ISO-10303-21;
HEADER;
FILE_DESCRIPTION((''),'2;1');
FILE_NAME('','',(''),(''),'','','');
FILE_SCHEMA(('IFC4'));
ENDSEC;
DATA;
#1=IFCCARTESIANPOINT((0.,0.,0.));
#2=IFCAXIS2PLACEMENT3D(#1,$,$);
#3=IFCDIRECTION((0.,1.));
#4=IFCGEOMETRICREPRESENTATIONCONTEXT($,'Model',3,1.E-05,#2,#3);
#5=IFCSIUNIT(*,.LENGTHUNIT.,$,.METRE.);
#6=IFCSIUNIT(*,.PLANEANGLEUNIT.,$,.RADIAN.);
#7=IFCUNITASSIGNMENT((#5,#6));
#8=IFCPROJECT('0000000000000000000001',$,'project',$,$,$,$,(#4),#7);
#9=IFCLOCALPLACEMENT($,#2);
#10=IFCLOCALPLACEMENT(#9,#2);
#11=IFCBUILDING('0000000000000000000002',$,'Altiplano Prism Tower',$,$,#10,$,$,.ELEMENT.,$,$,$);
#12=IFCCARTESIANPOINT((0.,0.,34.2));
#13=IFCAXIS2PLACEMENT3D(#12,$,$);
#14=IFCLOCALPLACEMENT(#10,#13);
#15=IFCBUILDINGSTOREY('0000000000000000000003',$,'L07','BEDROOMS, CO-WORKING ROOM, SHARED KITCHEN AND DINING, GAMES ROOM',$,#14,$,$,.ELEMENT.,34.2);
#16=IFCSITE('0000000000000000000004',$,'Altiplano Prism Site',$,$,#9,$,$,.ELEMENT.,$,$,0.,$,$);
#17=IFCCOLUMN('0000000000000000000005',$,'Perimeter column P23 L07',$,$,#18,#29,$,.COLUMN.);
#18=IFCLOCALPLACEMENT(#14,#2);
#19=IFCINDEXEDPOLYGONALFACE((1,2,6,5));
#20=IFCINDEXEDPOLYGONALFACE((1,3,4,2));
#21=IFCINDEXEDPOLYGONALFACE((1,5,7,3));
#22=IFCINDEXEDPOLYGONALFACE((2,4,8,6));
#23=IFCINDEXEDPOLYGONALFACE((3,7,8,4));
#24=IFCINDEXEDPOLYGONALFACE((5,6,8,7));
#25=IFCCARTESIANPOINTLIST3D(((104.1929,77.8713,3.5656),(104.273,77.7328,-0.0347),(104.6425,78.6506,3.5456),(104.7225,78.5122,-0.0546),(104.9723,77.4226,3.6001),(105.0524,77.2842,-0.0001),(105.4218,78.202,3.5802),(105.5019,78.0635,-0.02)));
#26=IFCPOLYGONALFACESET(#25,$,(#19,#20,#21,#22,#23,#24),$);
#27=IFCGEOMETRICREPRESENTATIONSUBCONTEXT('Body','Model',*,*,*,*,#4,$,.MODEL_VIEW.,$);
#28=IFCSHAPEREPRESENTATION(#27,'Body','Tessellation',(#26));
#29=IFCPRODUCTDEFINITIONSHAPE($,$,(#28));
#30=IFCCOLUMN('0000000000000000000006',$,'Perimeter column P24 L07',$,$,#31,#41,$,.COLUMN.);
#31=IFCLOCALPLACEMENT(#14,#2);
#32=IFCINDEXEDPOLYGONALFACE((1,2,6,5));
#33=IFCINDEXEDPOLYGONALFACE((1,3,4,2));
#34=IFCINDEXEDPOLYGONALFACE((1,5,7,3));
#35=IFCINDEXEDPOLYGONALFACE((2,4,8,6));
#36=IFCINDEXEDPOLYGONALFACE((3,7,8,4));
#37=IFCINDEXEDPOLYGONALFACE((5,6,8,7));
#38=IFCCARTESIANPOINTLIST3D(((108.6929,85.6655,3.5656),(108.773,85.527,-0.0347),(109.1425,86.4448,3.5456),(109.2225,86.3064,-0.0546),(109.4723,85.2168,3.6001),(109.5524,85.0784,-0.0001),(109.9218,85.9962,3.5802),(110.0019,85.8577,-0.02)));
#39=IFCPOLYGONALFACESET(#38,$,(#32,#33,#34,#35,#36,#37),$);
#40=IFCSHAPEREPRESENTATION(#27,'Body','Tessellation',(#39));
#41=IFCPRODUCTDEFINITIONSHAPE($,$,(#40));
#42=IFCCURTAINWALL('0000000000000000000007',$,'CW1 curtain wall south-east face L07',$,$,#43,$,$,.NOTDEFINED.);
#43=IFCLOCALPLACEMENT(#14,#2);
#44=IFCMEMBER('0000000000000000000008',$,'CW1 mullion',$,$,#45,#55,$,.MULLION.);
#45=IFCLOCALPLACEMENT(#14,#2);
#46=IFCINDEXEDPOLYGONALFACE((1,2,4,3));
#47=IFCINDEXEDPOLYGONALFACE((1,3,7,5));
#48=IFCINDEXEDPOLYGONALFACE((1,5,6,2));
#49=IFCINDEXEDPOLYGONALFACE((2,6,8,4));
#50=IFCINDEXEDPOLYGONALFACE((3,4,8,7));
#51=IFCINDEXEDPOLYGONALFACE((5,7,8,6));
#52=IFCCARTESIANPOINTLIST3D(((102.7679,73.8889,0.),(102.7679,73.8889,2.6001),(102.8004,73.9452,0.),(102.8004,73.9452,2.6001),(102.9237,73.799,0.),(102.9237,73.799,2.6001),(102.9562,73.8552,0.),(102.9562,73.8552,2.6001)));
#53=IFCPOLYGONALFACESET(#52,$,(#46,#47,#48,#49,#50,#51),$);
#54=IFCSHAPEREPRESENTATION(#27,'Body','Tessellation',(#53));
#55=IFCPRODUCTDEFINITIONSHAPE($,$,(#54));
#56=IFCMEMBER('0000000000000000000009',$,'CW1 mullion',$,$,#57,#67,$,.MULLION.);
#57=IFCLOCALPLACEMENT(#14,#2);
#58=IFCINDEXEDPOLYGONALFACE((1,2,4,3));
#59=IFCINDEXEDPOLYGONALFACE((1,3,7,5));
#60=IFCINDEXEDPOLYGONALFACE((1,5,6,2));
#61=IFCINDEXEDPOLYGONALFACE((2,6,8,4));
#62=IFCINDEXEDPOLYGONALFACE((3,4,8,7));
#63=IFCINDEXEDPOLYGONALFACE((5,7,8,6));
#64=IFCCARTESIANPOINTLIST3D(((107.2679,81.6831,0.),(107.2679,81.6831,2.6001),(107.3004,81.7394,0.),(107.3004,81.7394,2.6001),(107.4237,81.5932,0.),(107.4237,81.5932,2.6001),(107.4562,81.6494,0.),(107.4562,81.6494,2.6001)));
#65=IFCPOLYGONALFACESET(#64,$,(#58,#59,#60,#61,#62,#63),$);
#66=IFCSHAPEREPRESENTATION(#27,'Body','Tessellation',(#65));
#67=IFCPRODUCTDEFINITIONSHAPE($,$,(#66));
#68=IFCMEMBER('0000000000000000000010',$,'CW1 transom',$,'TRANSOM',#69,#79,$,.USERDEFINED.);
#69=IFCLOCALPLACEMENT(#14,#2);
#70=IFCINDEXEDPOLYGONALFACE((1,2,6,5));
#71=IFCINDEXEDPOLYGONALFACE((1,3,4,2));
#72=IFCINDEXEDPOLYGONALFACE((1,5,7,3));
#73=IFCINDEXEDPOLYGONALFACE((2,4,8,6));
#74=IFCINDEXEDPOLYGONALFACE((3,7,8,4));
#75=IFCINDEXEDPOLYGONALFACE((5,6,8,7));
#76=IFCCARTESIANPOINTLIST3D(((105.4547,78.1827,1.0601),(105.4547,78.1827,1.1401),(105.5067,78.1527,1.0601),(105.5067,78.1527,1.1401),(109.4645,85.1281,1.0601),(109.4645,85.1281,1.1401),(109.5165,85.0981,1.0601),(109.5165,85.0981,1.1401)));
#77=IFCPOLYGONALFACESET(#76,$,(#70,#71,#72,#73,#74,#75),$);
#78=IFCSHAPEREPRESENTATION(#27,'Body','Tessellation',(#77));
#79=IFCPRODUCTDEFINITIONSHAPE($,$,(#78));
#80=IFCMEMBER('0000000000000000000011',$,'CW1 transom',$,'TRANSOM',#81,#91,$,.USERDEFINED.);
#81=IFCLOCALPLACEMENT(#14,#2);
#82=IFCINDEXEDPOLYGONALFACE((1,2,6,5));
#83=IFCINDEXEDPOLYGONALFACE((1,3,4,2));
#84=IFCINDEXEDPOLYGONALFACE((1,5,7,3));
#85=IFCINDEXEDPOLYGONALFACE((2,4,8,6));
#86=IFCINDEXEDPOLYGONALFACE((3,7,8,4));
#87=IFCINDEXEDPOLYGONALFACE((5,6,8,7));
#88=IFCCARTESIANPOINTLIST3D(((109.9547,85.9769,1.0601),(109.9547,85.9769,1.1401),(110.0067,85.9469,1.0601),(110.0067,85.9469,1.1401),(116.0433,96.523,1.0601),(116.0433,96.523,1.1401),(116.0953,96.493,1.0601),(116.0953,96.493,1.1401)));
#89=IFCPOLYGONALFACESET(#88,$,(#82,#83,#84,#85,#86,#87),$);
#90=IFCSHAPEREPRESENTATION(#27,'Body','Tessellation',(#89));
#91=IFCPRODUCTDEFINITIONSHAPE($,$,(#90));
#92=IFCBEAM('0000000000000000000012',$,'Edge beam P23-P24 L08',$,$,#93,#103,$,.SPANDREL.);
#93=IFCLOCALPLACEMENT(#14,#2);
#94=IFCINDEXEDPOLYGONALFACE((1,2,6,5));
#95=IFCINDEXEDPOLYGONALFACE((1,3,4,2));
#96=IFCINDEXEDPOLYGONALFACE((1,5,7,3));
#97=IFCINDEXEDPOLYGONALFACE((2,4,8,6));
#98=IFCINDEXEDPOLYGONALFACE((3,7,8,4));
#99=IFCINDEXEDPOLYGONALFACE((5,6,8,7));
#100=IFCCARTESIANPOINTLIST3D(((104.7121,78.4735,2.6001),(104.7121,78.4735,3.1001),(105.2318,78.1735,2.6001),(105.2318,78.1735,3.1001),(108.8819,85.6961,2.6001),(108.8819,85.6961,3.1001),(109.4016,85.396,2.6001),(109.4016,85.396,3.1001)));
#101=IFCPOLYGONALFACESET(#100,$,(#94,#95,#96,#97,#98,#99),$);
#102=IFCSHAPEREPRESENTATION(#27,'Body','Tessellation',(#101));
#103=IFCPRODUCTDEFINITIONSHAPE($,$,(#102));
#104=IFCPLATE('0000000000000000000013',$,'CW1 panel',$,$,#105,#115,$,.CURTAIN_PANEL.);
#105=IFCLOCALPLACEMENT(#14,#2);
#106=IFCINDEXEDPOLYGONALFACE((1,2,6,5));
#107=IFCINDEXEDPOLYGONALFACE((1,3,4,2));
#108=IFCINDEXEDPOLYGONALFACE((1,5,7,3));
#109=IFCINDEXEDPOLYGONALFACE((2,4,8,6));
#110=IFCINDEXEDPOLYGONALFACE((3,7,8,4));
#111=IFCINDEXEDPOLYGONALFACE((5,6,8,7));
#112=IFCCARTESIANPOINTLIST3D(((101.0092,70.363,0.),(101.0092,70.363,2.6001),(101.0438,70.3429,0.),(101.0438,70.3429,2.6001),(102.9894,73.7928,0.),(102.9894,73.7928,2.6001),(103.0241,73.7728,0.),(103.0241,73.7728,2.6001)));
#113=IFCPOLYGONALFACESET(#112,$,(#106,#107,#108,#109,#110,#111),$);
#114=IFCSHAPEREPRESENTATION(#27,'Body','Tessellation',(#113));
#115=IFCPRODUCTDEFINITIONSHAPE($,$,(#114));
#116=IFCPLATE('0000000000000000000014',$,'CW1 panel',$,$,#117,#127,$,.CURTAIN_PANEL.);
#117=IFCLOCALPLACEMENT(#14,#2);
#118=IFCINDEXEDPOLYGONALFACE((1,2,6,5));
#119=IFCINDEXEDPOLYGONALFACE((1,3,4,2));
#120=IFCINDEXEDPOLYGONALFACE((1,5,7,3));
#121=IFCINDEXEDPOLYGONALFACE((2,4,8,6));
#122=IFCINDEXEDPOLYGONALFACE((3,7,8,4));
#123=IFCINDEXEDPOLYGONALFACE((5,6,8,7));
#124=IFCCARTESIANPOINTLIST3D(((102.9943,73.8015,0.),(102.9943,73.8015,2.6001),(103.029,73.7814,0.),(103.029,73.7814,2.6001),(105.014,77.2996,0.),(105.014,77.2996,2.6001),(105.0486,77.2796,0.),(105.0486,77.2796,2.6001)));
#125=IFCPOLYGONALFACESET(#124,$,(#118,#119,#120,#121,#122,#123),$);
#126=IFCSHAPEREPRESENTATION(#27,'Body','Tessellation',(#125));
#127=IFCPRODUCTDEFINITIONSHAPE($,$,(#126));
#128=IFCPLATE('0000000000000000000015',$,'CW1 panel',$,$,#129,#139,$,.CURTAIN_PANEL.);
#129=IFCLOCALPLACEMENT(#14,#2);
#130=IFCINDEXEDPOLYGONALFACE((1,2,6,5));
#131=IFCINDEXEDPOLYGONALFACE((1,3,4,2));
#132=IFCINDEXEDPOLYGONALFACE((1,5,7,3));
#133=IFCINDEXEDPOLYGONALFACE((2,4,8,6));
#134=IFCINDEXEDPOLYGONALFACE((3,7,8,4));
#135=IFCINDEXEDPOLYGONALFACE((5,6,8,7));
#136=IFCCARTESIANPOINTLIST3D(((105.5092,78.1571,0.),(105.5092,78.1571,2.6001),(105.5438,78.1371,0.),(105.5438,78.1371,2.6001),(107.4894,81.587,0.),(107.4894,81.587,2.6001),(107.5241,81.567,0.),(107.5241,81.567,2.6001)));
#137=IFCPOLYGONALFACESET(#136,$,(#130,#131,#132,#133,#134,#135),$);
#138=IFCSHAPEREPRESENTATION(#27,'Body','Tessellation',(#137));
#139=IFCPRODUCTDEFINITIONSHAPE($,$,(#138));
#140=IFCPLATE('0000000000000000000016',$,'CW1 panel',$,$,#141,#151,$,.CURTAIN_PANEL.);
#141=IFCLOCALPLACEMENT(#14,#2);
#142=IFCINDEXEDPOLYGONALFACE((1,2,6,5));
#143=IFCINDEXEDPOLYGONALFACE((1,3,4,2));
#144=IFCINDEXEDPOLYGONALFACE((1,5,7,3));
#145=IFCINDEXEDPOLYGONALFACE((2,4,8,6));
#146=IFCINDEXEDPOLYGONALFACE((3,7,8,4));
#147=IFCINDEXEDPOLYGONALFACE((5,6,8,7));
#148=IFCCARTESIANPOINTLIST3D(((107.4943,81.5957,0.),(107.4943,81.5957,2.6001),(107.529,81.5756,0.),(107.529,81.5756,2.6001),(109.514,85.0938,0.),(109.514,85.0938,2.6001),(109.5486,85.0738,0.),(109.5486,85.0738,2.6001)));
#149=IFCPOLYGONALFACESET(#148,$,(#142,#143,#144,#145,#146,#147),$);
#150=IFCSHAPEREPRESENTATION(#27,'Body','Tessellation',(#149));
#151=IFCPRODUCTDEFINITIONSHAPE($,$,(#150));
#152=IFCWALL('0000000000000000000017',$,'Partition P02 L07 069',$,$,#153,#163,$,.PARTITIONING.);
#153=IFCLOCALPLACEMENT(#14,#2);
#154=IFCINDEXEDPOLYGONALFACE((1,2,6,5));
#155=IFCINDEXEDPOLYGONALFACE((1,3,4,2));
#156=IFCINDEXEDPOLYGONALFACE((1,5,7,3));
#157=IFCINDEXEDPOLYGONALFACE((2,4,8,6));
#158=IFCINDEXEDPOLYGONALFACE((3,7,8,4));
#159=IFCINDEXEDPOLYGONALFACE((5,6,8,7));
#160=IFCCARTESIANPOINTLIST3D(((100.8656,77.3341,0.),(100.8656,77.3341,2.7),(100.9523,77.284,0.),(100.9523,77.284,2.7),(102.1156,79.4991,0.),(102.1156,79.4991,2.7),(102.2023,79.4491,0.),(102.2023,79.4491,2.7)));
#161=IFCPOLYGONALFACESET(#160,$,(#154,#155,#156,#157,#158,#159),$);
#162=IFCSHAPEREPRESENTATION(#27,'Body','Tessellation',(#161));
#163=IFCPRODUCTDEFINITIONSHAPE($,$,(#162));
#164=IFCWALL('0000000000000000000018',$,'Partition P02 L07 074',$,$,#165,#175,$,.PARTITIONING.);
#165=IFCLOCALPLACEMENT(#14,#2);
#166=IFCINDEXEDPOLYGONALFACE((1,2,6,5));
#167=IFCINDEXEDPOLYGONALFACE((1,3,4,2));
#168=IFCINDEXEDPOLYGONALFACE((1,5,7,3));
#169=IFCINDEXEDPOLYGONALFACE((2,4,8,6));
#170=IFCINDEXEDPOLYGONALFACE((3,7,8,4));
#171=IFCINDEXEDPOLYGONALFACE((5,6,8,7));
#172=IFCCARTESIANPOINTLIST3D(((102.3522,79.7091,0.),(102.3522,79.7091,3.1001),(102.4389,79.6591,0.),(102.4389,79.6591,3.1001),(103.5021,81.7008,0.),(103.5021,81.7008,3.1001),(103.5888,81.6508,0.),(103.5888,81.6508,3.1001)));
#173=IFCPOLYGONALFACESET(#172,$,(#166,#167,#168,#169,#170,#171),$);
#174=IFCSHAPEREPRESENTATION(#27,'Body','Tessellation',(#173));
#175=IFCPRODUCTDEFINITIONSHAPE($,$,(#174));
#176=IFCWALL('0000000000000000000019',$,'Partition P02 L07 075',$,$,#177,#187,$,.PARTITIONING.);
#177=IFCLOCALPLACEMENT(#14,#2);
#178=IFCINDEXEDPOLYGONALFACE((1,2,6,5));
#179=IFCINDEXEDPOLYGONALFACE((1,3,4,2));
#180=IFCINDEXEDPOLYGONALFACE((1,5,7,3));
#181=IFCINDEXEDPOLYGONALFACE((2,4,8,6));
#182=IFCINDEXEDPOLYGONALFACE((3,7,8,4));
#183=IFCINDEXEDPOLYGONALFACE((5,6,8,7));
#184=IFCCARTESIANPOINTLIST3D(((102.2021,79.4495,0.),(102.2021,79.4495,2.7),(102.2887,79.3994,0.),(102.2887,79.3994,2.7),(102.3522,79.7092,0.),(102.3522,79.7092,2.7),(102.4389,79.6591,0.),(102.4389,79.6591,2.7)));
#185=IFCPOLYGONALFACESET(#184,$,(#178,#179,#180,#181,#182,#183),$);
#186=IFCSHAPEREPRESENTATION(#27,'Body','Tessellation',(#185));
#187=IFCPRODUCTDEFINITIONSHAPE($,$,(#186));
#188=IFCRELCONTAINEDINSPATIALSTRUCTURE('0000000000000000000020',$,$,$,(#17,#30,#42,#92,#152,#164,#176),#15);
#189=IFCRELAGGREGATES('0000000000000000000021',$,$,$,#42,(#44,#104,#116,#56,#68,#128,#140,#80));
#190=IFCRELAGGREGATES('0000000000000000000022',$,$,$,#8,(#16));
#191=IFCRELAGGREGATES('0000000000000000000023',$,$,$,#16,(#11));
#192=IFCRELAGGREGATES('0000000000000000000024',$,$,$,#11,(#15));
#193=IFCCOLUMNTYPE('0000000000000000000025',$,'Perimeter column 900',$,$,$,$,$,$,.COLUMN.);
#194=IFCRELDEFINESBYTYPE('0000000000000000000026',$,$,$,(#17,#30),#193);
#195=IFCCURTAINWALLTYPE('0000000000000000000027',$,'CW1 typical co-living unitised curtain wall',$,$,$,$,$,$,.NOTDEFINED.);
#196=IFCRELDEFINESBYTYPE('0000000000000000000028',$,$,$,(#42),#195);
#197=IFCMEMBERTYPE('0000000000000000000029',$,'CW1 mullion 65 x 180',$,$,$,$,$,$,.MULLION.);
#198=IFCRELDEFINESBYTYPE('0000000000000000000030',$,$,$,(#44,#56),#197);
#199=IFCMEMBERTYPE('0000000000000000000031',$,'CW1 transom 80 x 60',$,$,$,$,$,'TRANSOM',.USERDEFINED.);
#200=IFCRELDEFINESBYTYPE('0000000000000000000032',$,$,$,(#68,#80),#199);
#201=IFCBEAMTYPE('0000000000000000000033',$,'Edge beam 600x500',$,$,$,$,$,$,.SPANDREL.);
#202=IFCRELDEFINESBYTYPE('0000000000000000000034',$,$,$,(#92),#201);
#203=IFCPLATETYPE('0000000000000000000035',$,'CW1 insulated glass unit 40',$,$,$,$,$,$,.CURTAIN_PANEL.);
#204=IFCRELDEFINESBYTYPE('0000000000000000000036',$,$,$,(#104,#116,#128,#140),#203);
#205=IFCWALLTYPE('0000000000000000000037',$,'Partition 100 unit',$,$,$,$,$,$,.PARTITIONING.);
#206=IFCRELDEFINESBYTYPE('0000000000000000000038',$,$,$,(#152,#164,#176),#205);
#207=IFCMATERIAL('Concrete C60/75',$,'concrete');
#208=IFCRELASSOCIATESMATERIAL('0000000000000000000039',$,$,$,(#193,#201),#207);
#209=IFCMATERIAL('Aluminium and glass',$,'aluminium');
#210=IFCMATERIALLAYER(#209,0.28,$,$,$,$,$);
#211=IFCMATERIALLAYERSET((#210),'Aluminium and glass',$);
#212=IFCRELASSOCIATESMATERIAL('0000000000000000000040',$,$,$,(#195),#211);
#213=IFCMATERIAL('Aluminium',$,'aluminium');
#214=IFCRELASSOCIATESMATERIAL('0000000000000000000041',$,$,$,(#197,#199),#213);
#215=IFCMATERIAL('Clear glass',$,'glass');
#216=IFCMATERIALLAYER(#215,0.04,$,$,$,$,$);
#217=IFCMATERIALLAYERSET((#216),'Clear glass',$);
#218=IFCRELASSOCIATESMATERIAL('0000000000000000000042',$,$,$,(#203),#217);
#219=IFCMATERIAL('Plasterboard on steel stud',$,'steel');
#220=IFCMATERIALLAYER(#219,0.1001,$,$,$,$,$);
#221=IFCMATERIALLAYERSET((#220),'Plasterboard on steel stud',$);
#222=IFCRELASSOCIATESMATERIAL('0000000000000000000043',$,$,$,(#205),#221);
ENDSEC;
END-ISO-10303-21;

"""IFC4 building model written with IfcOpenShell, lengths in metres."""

from ifc_helpers import new_model, si_unit, direction, frame, frame_2d, origin, origin_2d, place, context, subcontext, project, spatial, rectangle, extrude, material, layer, layer_set, material_profile, profile_set, type_object, element, aggregate, save


model = new_model("IFC4")

# Units and contexts
model_context = context("Model", 3, precision=1e-05, world=origin(), true_north=direction((0.0, 1.0)))
body_context = subcontext(model_context, "Body", "Model", "MODEL_VIEW")
ifc_project = project(units=[si_unit("LENGTHUNIT", "METRE"), si_unit("PLANEANGLEUNIT", "RADIAN")], contexts=[model_context])

# Site, building, storey
site_placement = place(None, origin())
site = spatial("IfcSite", under=ifc_project, at=site_placement, Name="Altiplano Prism Site", CompositionType="ELEMENT", RefElevation=0.0)
building_placement = place(site_placement, origin())
building = spatial("IfcBuilding", under=site, at=building_placement, Name="Altiplano Prism Tower", CompositionType="ELEMENT")
storey_placement = place(building_placement, frame((0.0, 0.0, 34.2)))
storey = spatial("IfcBuildingStorey", under=building, at=storey_placement, Name="L07", Description="BEDROOMS, CO-WORKING ROOM, SHARED KITCHEN AND DINING, GAMES ROOM", CompositionType="ELEMENT", Elevation=34.2)

# Columns
ifc_material_1 = material(Name="Concrete C60/75", Category="concrete")
ifc_material_profile_1 = material_profile(ifc_material_1, rectangle(XDim=0.8999, YDim=0.8999, at=origin_2d()), Name="Perimeter column 900")
ifc_profile_set_1 = profile_set([ifc_material_profile_1], Name="Concrete C60/75")
column_type = type_object("IfcColumnType", Name="Perimeter column 900", PredefinedType="COLUMN", material=ifc_profile_set_1)
for number, where, z_axis, x_axis, name in (
    (1, (104.8875, 77.8982, -0.0273), (-0.022221, 0.038413, 0.999015), (-0.499513, -0.866022, 0.022189), "Perimeter column P23 L07"),
    (2, (109.3875, 85.6924, -0.0273), (-0.022221, 0.038413, 0.999015), (-0.499513, -0.866022, 0.022189), "Perimeter column P24 L07"),
):
    element("IfcColumn", number, at=place(storey_placement, frame(where, z_axis=z_axis, x_axis=x_axis)), inside=storey, type_object=column_type, Name=name, PredefinedType="COLUMN", context=body_context, shape_type="SweptSolid", body=[
        extrude(rectangle(XDim=0.8999, YDim=0.8999, at=origin_2d()), origin(), (0.0, 0.0, 1.0), 3.6038),
    ])

# Curtain wall, members
ifc_material_2 = material(Name="Aluminium and glass", Category="aluminium")
ifc_layer_1 = layer(ifc_material_2, 0.28)
ifc_layer_set_1 = layer_set([ifc_layer_1], Name="Aluminium and glass")
curtain_wall_type = type_object("IfcCurtainWallType", Name="CW1 typical co-living unitised curtain wall", PredefinedType="NOTDEFINED", material=ifc_layer_set_1)
curtain_wall_placement = place(storey_placement, origin())
curtain_wall = element("IfcCurtainWall", 3, at=curtain_wall_placement, inside=storey, type_object=curtain_wall_type, Name="CW1 curtain wall south-east face L07", PredefinedType="NOTDEFINED")
ifc_material_3 = material(Name="Aluminium", Category="aluminium")
ifc_material_profile_2 = material_profile(ifc_material_3, rectangle(XDim=0.1799, YDim=0.0649, at=origin_2d()), Name="CW1 mullion 65 x 180")
ifc_profile_set_2 = profile_set([ifc_material_profile_2], Name="Aluminium")
member_type_1 = type_object("IfcMemberType", Name="CW1 mullion 65 x 180", PredefinedType="MULLION", material=ifc_profile_set_2)
member_1_placement = place(storey_placement, frame((102.8621, 73.8721, 0.0), z_axis=(0.0, 0.0, 1.0), x_axis=(-0.866025, 0.5, 0.0)))
member_1 = element("IfcMember", 4, at=member_1_placement, type_object=member_type_1, Name="CW1 mullion", PredefinedType="MULLION", context=body_context, shape_type="SweptSolid", body=[
    extrude(rectangle(XDim=0.1799, YDim=0.0649, at=origin_2d()), origin(), (0.0, 0.0, 1.0), 2.6001),
])
member_2_placement = place(storey_placement, frame((107.3621, 81.6663, 0.0), z_axis=(0.0, 0.0, 1.0), x_axis=(-0.866025, 0.5, 0.0)))
member_2 = element("IfcMember", 5, at=member_2_placement, type_object=member_type_1, Name="CW1 mullion", PredefinedType="MULLION", context=body_context, shape_type="SweptSolid", body=[
    extrude(rectangle(XDim=0.1799, YDim=0.0649, at=origin_2d()), origin(), (0.0, 0.0, 1.0), 2.6001),
])
ifc_material_profile_3 = material_profile(ifc_material_3, rectangle(XDim=0.0601, YDim=0.0801, at=origin_2d()), Name="CW1 transom 80 x 60")
ifc_profile_set_3 = profile_set([ifc_material_profile_3], Name="Aluminium")
member_type_2 = type_object("IfcMemberType", Name="CW1 transom 80 x 60", ElementType="TRANSOM", PredefinedType="USERDEFINED", material=ifc_profile_set_3)
member_3_placement = place(storey_placement, frame((105.4807, 78.1677, 1.1001), z_axis=(0.499989, 0.866031, 0.0), x_axis=(-0.866031, 0.499989, 0.0)))
member_3 = element("IfcMember", 6, at=member_3_placement, type_object=member_type_2, Name="CW1 transom", ObjectType="TRANSOM", PredefinedType="USERDEFINED", context=body_context, shape_type="SweptSolid", body=[
    extrude(rectangle(XDim=0.0601, YDim=0.0801, at=origin_2d()), origin(), (0.0, 0.0, 1.0), 8.0198),
])
member_4_placement = place(storey_placement, frame((109.9807, 85.9619, 1.1001), z_axis=(0.499988, 0.866032, 0.0), x_axis=(-0.866032, 0.499988, 0.0)))
member_4 = element("IfcMember", 7, at=member_4_placement, type_object=member_type_2, Name="CW1 transom", ObjectType="TRANSOM", PredefinedType="USERDEFINED", context=body_context, shape_type="SweptSolid", body=[
    extrude(rectangle(XDim=0.0601, YDim=0.0801, at=origin_2d()), origin(), (0.0, 0.0, 1.0), 12.1775),
])

# Beam
ifc_material_profile_4 = material_profile(ifc_material_1, rectangle(XDim=0.6001, YDim=0.5, at=origin_2d()), Name="Edge beam 600x500")
ifc_profile_set_4 = profile_set([ifc_material_profile_4], Name="Concrete C60/75")
beam_type = type_object("IfcBeamType", Name="Edge beam 600x500", PredefinedType="SPANDREL", material=ifc_profile_set_4)
beam_placement = place(storey_placement, frame((104.9719, 78.3235, 2.8501), z_axis=(0.499993, 0.86603, 0.0), x_axis=(-0.86603, 0.499993, 0.0)))
element("IfcBeam", 8, at=beam_placement, inside=storey, type_object=beam_type, Name="Edge beam P23-P24 L08", PredefinedType="SPANDREL", context=body_context, shape_type="SweptSolid", body=[
    extrude(rectangle(XDim=0.6001, YDim=0.5, at=origin_2d()), origin(), (0.0, 0.0, 1.0), 8.3398),
])

# Plates
ifc_material_4 = material(Name="Clear glass", Category="glass")
ifc_layer_2 = layer(ifc_material_4, 0.04)
ifc_layer_set_2 = layer_set([ifc_layer_2], Name="Clear glass")
plate_type = type_object("IfcPlateType", Name="CW1 insulated glass unit 40", PredefinedType="CURTAIN_PANEL", material=ifc_layer_set_2)
plate_1_placement = place(storey_placement, frame((102.0166, 72.0679, 0.0), z_axis=(0.0, 0.0, 1.0), x_axis=(0.5, 0.866025, 0.0)))
plate_1 = element("IfcPlate", 9, at=plate_1_placement, type_object=plate_type, Name="CW1 panel", PredefinedType="CURTAIN_PANEL", context=body_context, shape_type="SweptSolid", body=[
    extrude(rectangle(XDim=3.9604, YDim=0.04, at=origin_2d()), origin(), (0.0, 0.0, 1.0), 2.6001),
])
plate_2_placement = place(storey_placement, frame((104.0215, 75.5405, 0.0), z_axis=(0.0, 0.0, 1.0), x_axis=(0.5, 0.866025, 0.0)))
plate_2 = element("IfcPlate", 10, at=plate_2_placement, type_object=plate_type, Name="CW1 panel", PredefinedType="CURTAIN_PANEL", context=body_context, shape_type="SweptSolid", body=[
    extrude(rectangle(XDim=4.0393, YDim=0.04, at=origin_2d()), origin(), (0.0, 0.0, 1.0), 2.6001),
])
plate_3_placement = place(storey_placement, frame((106.5166, 79.8621, 0.0), z_axis=(0.0, 0.0, 1.0), x_axis=(0.5, 0.866025, 0.0)))
plate_3 = element("IfcPlate", 11, at=plate_3_placement, type_object=plate_type, Name="CW1 panel", PredefinedType="CURTAIN_PANEL", context=body_context, shape_type="SweptSolid", body=[
    extrude(rectangle(XDim=3.9604, YDim=0.04, at=origin_2d()), origin(), (0.0, 0.0, 1.0), 2.6001),
])
plate_4_placement = place(storey_placement, frame((108.5215, 83.3347, 0.0), z_axis=(0.0, 0.0, 1.0), x_axis=(0.5, 0.866025, 0.0)))
plate_4 = element("IfcPlate", 12, at=plate_4_placement, type_object=plate_type, Name="CW1 panel", PredefinedType="CURTAIN_PANEL", context=body_context, shape_type="SweptSolid", body=[
    extrude(rectangle(XDim=4.0393, YDim=0.04, at=origin_2d()), origin(), (0.0, 0.0, 1.0), 2.6001),
])
aggregate(curtain_wall, [member_1, plate_1, plate_2, member_2, member_3, plate_3, plate_4, member_4])

# Walls
ifc_material_5 = material(Name="Plasterboard on steel stud", Category="steel")
ifc_layer_3 = layer(ifc_material_5, 0.1001)
ifc_layer_set_3 = layer_set([ifc_layer_3], Name="Plasterboard on steel stud")
wall_type_1 = type_object("IfcWallType", Name="Partition 100 unit", PredefinedType="PARTITIONING", material=ifc_layer_set_3)
wall_1_placement = place(storey_placement, frame((102.1589, 79.4741, 0.0), z_axis=(0.0, 0.0, 1.0), x_axis=(-0.500004, -0.866023, 0.0)))
element("IfcWall", 13, at=wall_1_placement, inside=storey, type_object=wall_type_1, Name="Partition P02 L07 069", PredefinedType="PARTITIONING", context=body_context, shape_type="SweptSolid", body=[
    extrude(rectangle(XDim=2.5, YDim=0.1001, at=frame_2d((1.25, 0.0))), origin(), (0.0, 0.0, 1.0), 2.7),
])
wall_2_placement = place(storey_placement, frame((103.5454, 81.6758, 0.0), z_axis=(0.0, 0.0, 1.0), x_axis=(-0.499998, -0.866026, 0.0)))
element("IfcWall", 14, at=wall_2_placement, inside=storey, type_object=wall_type_1, Name="Partition P02 L07 074", PredefinedType="PARTITIONING", context=body_context, shape_type="SweptSolid", body=[
    extrude(rectangle(XDim=2.2998, YDim=0.1001, at=frame_2d((1.1499, 0.0))), origin(), (0.0, 0.0, 1.0), 3.1001),
])
wall_3_placement = place(storey_placement, frame((102.3955, 79.6841, 0.0), z_axis=(0.0, 0.0, 1.0), x_axis=(-0.500427, -0.865779, 0.0)))
element("IfcWall", 15, at=wall_3_placement, inside=storey, type_object=wall_type_1, Name="Partition P02 L07 075", PredefinedType="PARTITIONING", context=body_context, shape_type="SweptSolid", body=[
    extrude(rectangle(XDim=0.3, YDim=0.1001, at=frame_2d((0.1499, 0.0))), origin(), (0.0, 0.0, 1.0), 2.7),
])

save(model, "model.ifc")
